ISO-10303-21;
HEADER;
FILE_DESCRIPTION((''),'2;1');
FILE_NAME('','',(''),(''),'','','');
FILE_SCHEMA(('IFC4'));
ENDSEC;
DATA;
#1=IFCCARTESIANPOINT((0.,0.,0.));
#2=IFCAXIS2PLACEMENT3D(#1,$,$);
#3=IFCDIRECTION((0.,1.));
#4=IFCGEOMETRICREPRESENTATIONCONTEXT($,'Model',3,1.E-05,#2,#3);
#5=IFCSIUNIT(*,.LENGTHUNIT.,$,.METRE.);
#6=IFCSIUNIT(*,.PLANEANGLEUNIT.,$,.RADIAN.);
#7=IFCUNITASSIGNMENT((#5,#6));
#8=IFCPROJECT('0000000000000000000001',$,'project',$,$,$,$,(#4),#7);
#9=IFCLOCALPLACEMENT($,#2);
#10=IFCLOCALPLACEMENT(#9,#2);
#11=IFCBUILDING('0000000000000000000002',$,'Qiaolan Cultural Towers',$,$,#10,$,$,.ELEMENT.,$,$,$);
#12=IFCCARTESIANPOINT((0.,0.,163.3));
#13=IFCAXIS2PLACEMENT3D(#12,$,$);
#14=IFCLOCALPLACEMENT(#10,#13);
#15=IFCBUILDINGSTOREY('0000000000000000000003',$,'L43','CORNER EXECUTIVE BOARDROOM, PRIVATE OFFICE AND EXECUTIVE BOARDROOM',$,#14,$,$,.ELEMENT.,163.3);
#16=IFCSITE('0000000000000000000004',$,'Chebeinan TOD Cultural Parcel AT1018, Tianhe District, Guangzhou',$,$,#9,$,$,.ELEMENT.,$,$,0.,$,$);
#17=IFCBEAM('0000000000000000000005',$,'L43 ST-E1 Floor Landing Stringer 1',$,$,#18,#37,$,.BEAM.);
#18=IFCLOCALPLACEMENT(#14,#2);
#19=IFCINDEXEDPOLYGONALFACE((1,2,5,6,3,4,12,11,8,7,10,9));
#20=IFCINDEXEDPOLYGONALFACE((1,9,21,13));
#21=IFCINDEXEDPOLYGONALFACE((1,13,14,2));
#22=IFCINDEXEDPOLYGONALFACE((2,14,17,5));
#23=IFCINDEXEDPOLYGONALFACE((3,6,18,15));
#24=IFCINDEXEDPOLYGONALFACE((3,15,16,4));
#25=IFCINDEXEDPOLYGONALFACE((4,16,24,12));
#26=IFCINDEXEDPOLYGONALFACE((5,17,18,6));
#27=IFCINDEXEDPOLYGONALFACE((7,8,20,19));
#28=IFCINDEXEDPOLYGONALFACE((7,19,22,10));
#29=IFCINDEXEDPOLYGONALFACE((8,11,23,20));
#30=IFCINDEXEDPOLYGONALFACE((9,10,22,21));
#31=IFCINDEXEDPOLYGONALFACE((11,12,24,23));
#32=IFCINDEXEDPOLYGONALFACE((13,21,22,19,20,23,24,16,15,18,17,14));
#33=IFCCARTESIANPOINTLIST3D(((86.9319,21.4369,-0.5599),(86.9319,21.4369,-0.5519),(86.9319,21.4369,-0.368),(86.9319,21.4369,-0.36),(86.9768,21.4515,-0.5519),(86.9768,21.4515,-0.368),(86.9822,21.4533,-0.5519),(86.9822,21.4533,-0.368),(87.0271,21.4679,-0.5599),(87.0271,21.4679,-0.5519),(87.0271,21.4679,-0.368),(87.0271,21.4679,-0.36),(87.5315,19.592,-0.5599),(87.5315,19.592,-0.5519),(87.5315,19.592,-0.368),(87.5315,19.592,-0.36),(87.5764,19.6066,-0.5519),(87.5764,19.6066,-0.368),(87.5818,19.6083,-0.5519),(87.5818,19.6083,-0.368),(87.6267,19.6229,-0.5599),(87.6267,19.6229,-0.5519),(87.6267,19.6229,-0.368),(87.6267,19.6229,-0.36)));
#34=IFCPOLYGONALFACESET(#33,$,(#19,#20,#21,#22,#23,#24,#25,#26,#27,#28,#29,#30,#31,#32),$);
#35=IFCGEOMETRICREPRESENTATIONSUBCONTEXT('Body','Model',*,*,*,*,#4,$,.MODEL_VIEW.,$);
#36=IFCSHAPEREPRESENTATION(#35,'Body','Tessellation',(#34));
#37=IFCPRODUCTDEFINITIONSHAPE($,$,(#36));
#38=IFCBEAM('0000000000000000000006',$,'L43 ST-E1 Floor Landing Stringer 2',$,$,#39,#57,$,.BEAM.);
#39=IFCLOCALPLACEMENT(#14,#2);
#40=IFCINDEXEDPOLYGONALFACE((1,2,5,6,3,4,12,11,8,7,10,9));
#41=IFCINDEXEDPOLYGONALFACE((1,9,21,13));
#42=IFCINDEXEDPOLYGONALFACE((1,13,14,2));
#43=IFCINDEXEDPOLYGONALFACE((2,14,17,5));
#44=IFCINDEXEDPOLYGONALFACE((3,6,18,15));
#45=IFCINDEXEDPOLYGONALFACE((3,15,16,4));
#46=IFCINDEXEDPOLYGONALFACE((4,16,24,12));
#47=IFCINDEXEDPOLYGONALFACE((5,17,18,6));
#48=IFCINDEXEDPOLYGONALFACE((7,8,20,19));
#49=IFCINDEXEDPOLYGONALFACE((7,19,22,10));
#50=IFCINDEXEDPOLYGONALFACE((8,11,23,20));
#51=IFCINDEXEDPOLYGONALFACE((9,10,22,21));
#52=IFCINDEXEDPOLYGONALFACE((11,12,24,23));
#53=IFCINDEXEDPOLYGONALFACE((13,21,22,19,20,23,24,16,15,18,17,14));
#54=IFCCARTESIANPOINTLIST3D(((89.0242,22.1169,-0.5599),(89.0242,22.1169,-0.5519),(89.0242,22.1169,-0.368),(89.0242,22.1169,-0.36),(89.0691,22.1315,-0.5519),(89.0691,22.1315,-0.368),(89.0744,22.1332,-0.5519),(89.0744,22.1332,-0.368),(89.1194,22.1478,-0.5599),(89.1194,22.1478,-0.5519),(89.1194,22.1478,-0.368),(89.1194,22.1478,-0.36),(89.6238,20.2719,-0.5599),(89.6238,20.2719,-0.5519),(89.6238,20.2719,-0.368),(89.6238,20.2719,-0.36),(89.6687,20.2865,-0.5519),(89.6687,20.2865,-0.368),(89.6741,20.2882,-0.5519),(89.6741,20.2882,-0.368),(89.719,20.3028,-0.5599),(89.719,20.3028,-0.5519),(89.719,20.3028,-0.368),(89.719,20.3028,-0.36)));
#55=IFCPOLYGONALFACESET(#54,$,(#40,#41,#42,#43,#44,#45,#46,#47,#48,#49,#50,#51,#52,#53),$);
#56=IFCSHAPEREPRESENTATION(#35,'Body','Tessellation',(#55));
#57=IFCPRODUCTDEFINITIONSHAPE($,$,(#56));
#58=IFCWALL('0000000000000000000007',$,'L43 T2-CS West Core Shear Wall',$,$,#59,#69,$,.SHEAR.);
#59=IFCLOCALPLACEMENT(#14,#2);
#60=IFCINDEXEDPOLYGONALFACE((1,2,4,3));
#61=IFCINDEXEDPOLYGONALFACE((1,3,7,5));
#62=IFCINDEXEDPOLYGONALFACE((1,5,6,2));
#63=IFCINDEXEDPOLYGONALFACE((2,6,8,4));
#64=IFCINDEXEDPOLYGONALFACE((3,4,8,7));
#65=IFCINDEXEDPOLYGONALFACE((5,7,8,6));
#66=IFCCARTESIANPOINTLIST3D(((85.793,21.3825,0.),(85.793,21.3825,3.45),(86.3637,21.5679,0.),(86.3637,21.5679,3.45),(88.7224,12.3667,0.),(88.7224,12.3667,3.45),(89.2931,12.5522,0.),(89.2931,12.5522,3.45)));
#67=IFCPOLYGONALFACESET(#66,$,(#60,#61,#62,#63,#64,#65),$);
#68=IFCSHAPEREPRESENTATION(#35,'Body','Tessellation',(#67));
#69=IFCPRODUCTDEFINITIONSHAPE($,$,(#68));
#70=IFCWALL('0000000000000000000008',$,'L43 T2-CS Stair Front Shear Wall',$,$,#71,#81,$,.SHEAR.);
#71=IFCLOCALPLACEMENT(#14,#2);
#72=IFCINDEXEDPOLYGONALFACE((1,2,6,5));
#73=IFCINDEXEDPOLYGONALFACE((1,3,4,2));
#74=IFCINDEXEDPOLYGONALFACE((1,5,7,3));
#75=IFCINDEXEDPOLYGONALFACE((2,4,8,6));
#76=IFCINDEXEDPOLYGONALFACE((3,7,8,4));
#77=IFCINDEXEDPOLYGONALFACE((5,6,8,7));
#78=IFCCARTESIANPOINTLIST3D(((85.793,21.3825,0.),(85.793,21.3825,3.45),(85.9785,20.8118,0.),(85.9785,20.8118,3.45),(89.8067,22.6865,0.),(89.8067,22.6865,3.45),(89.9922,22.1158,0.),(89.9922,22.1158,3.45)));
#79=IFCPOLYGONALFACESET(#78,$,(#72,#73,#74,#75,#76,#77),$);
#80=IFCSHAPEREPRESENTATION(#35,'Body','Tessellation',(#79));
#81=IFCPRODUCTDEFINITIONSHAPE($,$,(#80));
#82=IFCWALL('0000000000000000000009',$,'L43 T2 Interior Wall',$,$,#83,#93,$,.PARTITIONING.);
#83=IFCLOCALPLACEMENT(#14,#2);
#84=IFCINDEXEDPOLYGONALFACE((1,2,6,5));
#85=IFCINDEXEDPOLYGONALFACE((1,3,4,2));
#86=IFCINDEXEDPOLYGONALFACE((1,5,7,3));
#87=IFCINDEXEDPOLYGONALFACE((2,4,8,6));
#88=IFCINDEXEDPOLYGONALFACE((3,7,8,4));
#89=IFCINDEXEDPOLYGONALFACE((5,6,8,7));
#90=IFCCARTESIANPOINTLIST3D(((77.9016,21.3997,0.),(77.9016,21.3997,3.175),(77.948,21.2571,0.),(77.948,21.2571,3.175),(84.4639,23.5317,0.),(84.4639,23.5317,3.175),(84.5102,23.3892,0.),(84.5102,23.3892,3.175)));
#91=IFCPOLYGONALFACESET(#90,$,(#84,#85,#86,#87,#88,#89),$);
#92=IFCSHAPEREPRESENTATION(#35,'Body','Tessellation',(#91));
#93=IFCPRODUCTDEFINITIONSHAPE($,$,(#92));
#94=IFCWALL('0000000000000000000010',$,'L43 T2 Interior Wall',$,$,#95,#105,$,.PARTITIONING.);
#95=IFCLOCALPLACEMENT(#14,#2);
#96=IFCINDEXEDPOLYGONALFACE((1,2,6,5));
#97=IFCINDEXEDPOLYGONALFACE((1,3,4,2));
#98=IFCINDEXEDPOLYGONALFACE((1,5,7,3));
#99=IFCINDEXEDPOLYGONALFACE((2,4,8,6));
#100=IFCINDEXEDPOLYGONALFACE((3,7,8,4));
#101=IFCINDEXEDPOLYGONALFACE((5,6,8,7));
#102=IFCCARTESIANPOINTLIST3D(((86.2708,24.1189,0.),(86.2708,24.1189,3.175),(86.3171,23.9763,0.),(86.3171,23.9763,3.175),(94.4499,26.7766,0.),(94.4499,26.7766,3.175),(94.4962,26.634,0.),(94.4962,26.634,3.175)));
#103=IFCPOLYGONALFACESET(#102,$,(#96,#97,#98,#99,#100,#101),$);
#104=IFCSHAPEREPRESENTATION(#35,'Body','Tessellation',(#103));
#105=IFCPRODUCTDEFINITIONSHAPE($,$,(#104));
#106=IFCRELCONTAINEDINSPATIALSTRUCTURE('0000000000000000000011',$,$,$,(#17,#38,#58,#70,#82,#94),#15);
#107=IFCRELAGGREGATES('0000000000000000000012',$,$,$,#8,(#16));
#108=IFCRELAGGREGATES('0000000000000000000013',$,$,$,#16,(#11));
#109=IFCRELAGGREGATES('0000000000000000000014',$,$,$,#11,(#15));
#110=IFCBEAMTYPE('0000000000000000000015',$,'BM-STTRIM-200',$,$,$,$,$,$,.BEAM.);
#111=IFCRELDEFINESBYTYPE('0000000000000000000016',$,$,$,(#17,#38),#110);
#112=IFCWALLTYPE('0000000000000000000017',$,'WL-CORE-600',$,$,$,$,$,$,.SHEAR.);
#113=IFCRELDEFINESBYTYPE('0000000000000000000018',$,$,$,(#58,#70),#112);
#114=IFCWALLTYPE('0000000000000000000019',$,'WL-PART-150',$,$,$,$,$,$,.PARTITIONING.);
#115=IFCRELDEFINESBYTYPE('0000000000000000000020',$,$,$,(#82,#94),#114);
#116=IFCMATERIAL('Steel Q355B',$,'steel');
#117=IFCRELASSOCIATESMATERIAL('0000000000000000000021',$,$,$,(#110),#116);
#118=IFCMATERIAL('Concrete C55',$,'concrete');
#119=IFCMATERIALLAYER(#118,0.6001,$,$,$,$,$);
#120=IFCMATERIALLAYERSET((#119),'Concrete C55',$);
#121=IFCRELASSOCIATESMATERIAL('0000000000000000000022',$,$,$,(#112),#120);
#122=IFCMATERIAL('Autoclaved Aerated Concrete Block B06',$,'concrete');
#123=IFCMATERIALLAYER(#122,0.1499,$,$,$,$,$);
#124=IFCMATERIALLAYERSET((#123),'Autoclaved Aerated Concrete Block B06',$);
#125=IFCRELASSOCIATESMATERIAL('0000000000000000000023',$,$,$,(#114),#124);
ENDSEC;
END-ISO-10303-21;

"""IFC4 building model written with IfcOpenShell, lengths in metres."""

from ifc_helpers import new_model, si_unit, direction, frame, frame_2d, origin, origin_2d, place, context, subcontext, project, spatial, rectangle, i_section, extrude, material, layer, layer_set, material_profile, profile_set, type_object, element, save


model = new_model("IFC4")

# Units and contexts
model_context = context("Model", 3, precision=1e-05, world=origin(), true_north=direction((0.0, 1.0)))
body_context = subcontext(model_context, "Body", "Model", "MODEL_VIEW")
ifc_project = project(units=[si_unit("LENGTHUNIT", "METRE"), si_unit("PLANEANGLEUNIT", "RADIAN")], contexts=[model_context])

# Site, building, storey
site_placement = place(None, origin())
site = spatial("IfcSite", under=ifc_project, at=site_placement, Name="Chebeinan TOD Cultural Parcel AT1018, Tianhe District, Guangzhou", CompositionType="ELEMENT", RefElevation=0.0)
building_placement = place(site_placement, origin())
building = spatial("IfcBuilding", under=site, at=building_placement, Name="Qiaolan Cultural Towers", CompositionType="ELEMENT")
storey_placement = place(building_placement, frame((0.0, 0.0, 163.3)))
storey = spatial("IfcBuildingStorey", under=building, at=storey_placement, Name="L43", Description="CORNER EXECUTIVE BOARDROOM, PRIVATE OFFICE AND EXECUTIVE BOARDROOM", CompositionType="ELEMENT", Elevation=163.3)

# Beams
ifc_material_1 = material(Name="Steel Q355B", Category="steel")
ifc_material_profile_1 = material_profile(ifc_material_1, i_section(OverallWidth=0.1001, OverallDepth=0.2, WebThickness=0.0056, FlangeThickness=0.0081, at=origin_2d()), Name="HN200x100x5.5x8")
ifc_profile_set_1 = profile_set([ifc_material_profile_1], Name="Steel Q355B")
beam_type_1 = type_object("IfcBeamType", Name="BM-STTRIM-200", PredefinedType="BEAM", material=ifc_profile_set_1)
for number, where, z_axis, x_axis, name in (
    (1, (86.9795, 21.4524, -0.46), (0.309083, -0.951035, 0.0), (0.951035, 0.309083, 0.0), "L43 ST-E1 Floor Landing Stringer 1"),
    (2, (89.0718, 22.1323, -0.46), (0.309083, -0.951035, 0.0), (0.951035, 0.309083, 0.0), "L43 ST-E1 Floor Landing Stringer 2"),
):
    element("IfcBeam", number, at=place(storey_placement, frame(where, z_axis=z_axis, x_axis=x_axis)), inside=storey, type_object=beam_type_1, Name=name, PredefinedType="BEAM", context=body_context, shape_type="SweptSolid", body=[
        extrude(i_section(OverallWidth=0.1001, OverallDepth=0.2, WebThickness=0.0056, FlangeThickness=0.0081, at=origin_2d()), origin(), (0.0, 0.0, 1.0), 1.9399),
    ])

# Walls
ifc_material_2 = material(Name="Concrete C55", Category="concrete")
ifc_layer_1 = layer(ifc_material_2, 0.6001)
ifc_layer_set_1 = layer_set([ifc_layer_1], Name="Concrete C55")
wall_type_1 = type_object("IfcWallType", Name="WL-CORE-600", PredefinedType="SHEAR", material=ifc_layer_set_1)
wall_1_placement = place(storey_placement, frame((86.0784, 21.4751, 0.0), z_axis=(0.0, 0.0, 1.0), x_axis=(0.309018, -0.951056, 0.0)))
element("IfcWall", 3, at=wall_1_placement, inside=storey, type_object=wall_type_1, Name="L43 T2-CS West Core Shear Wall", PredefinedType="SHEAR", context=body_context, shape_type="SweptSolid", body=[
    extrude(rectangle(XDim=9.4797, YDim=0.6001, at=frame_2d((4.7397, 0.0))), origin(), (0.0, 0.0, 1.0), 3.45),
])
wall_2_placement = place(storey_placement, frame((85.8857, 21.0972, 0.0), z_axis=(0.0, 0.0, 1.0), x_axis=(0.951068, 0.308981, 0.0)))
element("IfcWall", 4, at=wall_2_placement, inside=storey, type_object=wall_type_1, Name="L43 T2-CS Stair Front Shear Wall", PredefinedType="SHEAR", context=body_context, shape_type="SweptSolid", body=[
    extrude(rectangle(XDim=4.2202, YDim=0.6001, at=frame_2d((2.1101, 0.0))), origin(), (0.0, 0.0, 1.0), 3.45),
])
ifc_material_3 = material(Name="Autoclaved Aerated Concrete Block B06", Category="concrete")
ifc_layer_2 = layer(ifc_material_3, 0.1499)
ifc_layer_set_2 = layer_set([ifc_layer_2], Name="Autoclaved Aerated Concrete Block B06")
wall_type_2 = type_object("IfcWallType", Name="WL-PART-150", PredefinedType="PARTITIONING", material=ifc_layer_set_2)
wall_3_placement = place(storey_placement, frame((77.9248, 21.3284, 0.0), z_axis=(0.0, 0.0, 1.0), x_axis=(0.951062, 0.309, 0.0)))
element("IfcWall", 5, at=wall_3_placement, inside=storey, type_object=wall_type_2, Name="L43 T2 Interior Wall", PredefinedType="PARTITIONING", context=body_context, shape_type="SweptSolid", body=[
    extrude(rectangle(XDim=6.8999, YDim=0.1499, at=frame_2d((3.45, 0.0))), origin(), (0.0, 0.0, 1.0), 3.175),
])
wall_4_placement = place(storey_placement, frame((86.2939, 24.0476, 0.0), z_axis=(0.0, 0.0, 1.0), x_axis=(0.951052, 0.309031, 0.0)))
element("IfcWall", 6, at=wall_4_placement, inside=storey, type_object=wall_type_2, Name="L43 T2 Interior Wall", PredefinedType="PARTITIONING", context=body_context, shape_type="SweptSolid", body=[
    extrude(rectangle(XDim=8.6001, YDim=0.1499, at=frame_2d((4.3, 0.0))), origin(), (0.0, 0.0, 1.0), 3.175),
])

save(model, "model.ifc")
